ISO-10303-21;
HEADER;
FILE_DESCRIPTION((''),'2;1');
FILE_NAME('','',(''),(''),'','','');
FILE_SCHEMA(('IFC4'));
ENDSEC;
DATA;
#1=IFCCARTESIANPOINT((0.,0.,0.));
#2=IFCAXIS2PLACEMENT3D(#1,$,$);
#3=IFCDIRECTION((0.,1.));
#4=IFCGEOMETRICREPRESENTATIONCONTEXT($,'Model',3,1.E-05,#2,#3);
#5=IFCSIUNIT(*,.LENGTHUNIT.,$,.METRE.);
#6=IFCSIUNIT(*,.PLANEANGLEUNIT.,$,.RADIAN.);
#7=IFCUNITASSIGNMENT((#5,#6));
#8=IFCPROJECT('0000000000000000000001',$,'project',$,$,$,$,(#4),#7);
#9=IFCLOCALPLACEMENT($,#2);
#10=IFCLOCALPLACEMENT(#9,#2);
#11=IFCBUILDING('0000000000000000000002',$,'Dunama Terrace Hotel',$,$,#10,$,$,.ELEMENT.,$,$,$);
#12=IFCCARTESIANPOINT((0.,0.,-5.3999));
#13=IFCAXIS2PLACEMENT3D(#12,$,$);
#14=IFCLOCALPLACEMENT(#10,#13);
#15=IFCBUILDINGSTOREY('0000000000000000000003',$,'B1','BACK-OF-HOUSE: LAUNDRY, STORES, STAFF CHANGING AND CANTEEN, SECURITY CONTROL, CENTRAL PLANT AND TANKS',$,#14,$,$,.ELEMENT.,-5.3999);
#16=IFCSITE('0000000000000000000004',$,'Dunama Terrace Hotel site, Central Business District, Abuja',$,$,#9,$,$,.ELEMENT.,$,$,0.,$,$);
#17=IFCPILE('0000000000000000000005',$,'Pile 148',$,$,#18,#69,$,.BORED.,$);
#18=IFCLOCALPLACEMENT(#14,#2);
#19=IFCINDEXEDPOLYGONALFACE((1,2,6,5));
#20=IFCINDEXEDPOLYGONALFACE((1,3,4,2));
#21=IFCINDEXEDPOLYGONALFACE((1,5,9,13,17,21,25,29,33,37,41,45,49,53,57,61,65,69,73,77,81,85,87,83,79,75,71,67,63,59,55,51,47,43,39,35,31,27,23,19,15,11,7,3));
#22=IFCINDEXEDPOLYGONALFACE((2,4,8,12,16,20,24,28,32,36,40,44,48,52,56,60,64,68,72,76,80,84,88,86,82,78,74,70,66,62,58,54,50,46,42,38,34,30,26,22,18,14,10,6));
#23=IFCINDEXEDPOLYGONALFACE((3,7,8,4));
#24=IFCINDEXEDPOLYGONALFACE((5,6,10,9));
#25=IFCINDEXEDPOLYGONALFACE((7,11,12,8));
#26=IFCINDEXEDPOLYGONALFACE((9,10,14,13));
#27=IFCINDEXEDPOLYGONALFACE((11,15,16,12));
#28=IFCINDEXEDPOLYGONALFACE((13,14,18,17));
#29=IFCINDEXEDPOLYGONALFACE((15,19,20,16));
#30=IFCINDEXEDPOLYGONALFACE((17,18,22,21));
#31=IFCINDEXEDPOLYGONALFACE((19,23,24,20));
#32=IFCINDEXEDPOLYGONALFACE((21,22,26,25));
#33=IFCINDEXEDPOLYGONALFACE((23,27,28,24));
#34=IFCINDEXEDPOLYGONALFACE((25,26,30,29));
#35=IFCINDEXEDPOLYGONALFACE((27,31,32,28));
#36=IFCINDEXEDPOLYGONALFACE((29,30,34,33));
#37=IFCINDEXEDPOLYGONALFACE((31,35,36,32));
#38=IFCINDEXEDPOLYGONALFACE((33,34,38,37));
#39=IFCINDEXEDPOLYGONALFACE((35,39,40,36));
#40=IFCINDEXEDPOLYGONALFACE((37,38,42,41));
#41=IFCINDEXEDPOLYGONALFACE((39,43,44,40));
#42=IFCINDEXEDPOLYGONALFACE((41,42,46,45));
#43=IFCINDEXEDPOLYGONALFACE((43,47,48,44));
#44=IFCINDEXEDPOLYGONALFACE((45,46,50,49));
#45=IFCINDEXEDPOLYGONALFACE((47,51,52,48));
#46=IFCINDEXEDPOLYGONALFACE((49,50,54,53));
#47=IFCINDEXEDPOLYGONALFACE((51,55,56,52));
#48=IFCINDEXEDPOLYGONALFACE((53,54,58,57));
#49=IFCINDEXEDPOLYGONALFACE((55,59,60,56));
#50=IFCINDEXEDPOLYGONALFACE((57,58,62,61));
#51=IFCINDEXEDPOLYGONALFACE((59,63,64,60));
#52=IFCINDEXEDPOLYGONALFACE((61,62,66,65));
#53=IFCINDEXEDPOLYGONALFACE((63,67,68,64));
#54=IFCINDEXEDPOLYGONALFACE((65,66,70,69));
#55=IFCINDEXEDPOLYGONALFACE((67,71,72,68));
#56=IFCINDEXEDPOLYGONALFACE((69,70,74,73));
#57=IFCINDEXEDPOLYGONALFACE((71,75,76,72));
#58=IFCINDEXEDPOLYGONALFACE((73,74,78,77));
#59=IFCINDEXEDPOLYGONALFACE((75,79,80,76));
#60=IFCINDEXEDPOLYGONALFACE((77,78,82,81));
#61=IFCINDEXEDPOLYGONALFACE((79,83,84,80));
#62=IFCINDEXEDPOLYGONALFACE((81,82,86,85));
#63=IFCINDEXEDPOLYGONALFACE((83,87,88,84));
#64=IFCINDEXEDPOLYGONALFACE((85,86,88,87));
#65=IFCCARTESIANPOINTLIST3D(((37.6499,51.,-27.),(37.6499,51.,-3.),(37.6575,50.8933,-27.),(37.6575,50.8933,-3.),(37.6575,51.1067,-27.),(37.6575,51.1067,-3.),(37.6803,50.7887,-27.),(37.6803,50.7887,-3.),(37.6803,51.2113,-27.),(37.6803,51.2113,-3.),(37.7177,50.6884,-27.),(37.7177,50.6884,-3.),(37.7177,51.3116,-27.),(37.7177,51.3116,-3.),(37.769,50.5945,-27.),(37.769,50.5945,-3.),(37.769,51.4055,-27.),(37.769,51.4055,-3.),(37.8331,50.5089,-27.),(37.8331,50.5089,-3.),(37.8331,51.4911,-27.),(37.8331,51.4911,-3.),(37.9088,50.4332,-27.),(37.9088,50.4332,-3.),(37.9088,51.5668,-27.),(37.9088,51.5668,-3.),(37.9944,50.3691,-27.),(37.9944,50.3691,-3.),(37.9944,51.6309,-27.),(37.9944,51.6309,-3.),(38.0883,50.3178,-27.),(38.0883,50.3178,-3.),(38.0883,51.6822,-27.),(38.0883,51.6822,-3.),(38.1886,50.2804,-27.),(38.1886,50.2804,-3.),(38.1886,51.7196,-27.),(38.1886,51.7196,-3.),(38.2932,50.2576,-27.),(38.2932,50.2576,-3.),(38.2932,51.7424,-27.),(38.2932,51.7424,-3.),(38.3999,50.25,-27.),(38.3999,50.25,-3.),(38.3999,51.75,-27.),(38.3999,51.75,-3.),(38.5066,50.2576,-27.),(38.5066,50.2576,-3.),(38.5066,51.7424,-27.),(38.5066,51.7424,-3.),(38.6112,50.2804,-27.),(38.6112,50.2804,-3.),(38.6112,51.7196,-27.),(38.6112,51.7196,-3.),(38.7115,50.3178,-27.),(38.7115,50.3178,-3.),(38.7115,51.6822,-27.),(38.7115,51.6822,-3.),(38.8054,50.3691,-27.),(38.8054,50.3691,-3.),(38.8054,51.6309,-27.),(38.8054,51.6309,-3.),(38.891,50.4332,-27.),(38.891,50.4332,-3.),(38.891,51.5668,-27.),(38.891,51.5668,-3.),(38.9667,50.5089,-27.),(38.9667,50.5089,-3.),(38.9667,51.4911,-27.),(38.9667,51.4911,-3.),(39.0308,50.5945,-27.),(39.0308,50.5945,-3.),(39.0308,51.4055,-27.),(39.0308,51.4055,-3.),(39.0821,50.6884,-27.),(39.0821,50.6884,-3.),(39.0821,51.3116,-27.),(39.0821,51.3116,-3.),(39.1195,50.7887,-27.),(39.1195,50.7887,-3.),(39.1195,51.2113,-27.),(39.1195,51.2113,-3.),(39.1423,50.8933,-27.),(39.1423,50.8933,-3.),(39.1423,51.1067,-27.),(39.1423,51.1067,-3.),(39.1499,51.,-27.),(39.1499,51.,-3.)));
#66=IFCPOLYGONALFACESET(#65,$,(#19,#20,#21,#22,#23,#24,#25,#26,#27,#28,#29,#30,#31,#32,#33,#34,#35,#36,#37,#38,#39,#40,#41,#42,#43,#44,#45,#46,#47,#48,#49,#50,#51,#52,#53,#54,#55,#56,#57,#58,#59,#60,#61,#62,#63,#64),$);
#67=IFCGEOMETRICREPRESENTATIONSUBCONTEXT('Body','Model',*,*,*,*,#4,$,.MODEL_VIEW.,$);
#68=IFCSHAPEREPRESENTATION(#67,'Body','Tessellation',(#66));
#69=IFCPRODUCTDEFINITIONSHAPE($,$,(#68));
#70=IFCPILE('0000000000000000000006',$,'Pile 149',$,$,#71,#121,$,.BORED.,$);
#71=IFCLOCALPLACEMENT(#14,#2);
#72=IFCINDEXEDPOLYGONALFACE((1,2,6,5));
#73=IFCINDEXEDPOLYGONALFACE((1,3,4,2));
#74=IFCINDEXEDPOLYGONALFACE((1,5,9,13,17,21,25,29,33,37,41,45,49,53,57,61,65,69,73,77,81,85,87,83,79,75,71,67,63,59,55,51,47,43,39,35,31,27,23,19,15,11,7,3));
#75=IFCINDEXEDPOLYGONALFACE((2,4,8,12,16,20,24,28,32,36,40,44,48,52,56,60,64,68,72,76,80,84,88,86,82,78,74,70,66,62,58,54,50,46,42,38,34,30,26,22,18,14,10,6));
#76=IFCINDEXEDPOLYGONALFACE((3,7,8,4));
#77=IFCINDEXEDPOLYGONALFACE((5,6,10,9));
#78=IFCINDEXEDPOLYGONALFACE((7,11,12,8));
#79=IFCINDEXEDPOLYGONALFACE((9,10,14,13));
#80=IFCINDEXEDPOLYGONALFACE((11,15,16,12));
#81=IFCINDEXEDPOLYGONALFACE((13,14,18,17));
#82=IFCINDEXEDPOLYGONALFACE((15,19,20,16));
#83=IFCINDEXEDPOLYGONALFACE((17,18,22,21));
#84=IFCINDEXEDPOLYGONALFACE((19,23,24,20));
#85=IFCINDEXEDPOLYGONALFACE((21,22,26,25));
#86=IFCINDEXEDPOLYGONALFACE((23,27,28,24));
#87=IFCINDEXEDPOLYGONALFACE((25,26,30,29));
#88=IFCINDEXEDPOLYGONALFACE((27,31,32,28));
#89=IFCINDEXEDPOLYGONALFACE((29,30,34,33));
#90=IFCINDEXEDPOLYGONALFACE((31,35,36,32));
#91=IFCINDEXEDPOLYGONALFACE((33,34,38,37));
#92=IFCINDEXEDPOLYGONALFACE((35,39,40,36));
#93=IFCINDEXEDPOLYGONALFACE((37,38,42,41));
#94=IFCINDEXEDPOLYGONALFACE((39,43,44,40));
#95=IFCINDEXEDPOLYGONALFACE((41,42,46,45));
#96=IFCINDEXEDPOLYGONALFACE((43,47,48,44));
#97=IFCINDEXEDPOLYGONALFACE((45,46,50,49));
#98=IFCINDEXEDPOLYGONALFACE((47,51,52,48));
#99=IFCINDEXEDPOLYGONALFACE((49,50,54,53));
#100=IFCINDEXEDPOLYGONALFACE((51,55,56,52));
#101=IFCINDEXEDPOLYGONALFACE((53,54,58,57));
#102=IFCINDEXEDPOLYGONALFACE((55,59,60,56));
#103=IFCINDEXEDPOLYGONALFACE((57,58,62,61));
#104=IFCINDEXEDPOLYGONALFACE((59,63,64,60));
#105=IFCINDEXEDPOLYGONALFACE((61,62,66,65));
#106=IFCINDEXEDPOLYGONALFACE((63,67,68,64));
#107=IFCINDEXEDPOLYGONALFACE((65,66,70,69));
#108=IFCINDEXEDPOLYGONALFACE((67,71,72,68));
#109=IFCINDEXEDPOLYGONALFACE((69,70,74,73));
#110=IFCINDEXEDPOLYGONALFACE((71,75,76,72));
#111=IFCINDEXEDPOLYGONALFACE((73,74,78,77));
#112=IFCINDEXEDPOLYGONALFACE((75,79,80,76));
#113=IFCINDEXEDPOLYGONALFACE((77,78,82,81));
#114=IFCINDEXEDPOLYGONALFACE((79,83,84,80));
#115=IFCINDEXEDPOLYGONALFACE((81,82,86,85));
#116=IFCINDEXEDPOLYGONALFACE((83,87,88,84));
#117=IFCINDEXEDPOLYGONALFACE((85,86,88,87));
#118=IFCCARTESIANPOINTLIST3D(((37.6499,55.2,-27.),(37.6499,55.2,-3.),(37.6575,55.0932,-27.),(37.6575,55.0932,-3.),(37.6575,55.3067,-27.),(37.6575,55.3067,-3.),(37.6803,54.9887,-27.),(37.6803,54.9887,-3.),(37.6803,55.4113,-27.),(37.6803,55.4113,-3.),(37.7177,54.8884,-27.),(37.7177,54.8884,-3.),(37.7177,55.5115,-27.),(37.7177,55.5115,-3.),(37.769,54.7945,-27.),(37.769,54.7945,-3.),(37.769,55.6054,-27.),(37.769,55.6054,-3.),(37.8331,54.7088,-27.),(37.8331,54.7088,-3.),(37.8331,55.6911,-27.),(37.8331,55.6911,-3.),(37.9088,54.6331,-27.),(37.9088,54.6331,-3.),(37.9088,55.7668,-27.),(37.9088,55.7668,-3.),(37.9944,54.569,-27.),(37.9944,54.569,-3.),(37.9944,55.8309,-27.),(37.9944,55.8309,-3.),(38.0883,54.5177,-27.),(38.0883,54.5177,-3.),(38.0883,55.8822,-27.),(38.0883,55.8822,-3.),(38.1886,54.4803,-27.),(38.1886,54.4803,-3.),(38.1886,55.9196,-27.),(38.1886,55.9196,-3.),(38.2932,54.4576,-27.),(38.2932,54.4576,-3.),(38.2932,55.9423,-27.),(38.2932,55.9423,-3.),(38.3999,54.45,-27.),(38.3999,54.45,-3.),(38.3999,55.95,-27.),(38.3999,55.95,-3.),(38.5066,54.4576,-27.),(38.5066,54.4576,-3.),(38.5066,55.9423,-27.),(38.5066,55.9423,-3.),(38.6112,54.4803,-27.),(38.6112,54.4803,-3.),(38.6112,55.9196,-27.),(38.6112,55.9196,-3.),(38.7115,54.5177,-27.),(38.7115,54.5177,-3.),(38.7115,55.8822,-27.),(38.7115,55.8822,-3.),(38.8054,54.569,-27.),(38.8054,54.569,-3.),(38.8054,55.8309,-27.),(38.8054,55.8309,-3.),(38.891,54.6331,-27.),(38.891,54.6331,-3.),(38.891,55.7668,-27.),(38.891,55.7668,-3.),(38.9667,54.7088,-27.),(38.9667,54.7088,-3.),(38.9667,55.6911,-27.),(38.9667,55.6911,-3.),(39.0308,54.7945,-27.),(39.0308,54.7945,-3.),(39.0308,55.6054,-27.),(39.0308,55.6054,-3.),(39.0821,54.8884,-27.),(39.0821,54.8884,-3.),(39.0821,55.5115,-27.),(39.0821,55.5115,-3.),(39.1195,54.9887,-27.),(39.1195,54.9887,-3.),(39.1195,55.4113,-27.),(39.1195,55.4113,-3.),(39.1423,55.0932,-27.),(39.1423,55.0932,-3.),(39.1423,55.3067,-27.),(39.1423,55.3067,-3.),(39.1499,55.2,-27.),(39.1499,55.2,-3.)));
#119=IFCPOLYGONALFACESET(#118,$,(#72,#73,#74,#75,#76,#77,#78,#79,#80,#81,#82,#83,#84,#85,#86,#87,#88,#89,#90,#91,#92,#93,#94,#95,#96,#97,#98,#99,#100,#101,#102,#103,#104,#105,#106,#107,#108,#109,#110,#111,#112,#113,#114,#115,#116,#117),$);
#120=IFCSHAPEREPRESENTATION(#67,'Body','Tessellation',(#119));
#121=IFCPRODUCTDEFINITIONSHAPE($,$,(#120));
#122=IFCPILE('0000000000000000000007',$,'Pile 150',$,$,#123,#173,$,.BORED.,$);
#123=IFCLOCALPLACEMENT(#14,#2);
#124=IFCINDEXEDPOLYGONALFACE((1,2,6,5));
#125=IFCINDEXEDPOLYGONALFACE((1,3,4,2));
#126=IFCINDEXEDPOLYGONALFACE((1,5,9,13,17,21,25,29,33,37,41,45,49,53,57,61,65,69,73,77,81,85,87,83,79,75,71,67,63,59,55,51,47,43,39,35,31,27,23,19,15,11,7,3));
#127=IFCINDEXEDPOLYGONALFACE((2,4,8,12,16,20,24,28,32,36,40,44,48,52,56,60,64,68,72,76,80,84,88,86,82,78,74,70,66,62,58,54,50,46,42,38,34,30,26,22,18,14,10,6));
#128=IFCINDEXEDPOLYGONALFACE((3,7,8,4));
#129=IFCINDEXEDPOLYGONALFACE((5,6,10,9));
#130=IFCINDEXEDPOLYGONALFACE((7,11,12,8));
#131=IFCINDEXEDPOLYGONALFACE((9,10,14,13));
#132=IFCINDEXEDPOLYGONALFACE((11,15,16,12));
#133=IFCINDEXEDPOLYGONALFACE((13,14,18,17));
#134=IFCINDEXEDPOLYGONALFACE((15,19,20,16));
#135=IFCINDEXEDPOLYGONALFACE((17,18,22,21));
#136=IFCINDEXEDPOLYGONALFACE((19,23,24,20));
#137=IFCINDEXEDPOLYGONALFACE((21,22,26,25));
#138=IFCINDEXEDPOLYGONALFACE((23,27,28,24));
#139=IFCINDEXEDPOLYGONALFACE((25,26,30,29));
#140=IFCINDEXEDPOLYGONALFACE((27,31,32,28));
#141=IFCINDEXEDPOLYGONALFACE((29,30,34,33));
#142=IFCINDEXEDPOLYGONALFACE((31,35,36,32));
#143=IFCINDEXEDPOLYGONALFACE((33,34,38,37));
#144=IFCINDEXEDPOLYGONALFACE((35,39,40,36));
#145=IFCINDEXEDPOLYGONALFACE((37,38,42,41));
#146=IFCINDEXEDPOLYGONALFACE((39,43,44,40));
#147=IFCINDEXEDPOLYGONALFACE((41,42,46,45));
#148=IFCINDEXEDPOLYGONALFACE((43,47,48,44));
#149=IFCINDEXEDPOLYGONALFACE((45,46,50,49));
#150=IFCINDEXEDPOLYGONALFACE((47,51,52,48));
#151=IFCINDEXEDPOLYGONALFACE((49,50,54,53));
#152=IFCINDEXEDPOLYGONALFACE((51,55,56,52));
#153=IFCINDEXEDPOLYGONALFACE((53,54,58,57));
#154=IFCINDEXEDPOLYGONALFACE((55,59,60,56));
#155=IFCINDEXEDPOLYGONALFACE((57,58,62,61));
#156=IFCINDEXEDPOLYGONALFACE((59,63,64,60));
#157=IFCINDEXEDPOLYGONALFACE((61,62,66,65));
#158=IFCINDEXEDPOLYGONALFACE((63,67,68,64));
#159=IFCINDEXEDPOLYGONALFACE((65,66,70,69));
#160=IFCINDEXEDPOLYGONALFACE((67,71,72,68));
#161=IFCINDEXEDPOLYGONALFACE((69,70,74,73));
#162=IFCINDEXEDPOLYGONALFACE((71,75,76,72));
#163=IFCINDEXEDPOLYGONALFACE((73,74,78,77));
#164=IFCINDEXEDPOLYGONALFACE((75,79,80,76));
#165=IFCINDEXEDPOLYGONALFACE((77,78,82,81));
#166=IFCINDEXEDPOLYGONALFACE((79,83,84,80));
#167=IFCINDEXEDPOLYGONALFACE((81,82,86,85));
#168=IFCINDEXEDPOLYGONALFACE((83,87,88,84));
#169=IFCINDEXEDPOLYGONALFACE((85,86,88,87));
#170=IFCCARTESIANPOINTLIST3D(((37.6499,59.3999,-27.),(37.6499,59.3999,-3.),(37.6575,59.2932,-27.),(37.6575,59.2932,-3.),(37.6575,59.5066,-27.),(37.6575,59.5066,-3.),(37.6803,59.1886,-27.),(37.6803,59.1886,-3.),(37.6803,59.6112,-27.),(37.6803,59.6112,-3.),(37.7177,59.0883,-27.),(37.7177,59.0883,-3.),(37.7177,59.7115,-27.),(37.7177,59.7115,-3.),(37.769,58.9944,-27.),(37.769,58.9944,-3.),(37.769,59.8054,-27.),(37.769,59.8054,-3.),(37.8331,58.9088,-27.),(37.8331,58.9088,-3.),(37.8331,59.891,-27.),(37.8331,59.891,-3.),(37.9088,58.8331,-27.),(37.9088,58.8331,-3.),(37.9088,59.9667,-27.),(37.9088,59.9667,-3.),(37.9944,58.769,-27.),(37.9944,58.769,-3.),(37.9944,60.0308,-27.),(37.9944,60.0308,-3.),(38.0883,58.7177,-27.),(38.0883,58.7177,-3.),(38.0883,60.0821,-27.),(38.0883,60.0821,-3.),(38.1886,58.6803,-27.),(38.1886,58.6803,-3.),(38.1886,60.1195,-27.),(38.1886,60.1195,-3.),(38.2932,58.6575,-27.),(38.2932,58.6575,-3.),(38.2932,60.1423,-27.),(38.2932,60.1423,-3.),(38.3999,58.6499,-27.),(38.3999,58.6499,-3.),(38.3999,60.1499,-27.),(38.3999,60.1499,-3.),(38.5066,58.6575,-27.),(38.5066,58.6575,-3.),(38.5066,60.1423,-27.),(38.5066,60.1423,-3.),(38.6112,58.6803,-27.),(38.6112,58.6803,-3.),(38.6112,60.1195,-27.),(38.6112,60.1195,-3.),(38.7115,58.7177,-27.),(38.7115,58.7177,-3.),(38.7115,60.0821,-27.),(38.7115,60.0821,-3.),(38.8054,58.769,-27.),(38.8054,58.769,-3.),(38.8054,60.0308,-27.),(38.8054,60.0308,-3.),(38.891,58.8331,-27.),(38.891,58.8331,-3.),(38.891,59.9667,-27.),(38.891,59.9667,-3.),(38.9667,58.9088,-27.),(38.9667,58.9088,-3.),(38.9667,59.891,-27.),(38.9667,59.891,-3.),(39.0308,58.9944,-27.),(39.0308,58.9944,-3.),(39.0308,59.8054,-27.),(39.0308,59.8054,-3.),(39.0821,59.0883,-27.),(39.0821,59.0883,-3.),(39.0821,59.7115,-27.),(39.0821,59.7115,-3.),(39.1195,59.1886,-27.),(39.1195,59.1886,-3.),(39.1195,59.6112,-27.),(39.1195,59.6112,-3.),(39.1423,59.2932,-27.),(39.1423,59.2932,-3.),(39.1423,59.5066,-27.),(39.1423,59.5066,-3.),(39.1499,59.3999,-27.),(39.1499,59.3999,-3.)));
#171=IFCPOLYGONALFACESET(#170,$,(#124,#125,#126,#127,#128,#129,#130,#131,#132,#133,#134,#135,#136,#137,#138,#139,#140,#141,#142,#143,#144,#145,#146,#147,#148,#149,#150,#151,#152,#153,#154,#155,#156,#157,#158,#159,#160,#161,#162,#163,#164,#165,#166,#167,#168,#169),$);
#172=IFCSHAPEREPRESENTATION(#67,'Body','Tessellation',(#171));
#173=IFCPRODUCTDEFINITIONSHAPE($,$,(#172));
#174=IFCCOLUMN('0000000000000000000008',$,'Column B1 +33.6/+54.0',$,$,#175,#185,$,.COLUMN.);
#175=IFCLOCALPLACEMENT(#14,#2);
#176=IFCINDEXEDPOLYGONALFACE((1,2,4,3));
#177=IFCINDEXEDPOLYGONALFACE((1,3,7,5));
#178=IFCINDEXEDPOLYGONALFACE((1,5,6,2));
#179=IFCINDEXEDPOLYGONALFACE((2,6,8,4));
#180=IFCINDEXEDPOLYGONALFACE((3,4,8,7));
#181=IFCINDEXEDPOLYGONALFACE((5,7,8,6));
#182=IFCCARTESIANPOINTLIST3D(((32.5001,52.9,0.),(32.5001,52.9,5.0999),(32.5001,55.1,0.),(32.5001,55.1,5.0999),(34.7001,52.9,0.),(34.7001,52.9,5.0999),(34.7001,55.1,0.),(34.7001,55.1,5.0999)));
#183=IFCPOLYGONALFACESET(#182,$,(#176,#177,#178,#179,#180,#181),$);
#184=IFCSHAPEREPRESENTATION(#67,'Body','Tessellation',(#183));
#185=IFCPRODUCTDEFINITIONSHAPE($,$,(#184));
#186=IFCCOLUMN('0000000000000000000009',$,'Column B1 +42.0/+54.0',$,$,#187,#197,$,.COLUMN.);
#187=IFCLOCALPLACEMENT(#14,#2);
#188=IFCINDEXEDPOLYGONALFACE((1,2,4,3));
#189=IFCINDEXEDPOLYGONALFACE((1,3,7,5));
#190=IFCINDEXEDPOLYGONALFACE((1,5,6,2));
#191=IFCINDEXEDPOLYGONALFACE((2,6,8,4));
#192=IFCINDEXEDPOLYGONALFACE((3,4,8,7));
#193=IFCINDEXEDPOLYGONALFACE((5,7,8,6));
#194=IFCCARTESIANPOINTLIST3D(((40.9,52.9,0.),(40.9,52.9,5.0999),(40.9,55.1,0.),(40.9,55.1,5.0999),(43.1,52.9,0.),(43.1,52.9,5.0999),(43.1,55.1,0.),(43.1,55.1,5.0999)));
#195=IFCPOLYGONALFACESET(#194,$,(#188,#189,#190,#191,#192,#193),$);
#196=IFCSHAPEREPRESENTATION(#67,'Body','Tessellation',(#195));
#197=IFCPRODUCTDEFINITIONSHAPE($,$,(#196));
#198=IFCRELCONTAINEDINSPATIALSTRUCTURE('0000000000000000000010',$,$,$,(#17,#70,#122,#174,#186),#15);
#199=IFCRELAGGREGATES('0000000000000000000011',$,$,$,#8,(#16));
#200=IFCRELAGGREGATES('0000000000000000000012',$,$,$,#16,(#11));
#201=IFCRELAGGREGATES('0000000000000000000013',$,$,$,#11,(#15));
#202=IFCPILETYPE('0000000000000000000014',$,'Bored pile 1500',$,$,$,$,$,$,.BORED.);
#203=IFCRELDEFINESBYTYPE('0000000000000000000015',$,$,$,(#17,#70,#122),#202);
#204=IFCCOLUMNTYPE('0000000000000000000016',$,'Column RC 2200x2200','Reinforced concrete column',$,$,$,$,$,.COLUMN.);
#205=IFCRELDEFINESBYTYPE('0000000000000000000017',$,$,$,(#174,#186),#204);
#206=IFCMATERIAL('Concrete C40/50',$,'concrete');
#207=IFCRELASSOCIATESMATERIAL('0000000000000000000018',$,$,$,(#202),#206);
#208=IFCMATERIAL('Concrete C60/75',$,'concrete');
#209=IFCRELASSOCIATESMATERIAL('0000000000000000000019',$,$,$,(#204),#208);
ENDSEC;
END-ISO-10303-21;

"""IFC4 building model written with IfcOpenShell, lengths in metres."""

from ifc_helpers import new_model, si_unit, direction, frame, origin, origin_2d, place, context, subcontext, project, spatial, rectangle, circle, extrude, material, material_profile, profile_set, type_object, element, save


model = new_model("IFC4")

# Units and contexts
model_context = context("Model", 3, precision=1e-05, world=origin(), true_north=direction((0.0, 1.0)))
body_context = subcontext(model_context, "Body", "Model", "MODEL_VIEW")
ifc_project = project(units=[si_unit("LENGTHUNIT", "METRE"), si_unit("PLANEANGLEUNIT", "RADIAN")], contexts=[model_context])

# Site, building, storey
site_placement = place(None, origin())
site = spatial("IfcSite", under=ifc_project, at=site_placement, Name="Dunama Terrace Hotel site, Central Business District, Abuja", CompositionType="ELEMENT", RefElevation=0.0)
building_placement = place(site_placement, origin())
building = spatial("IfcBuilding", under=site, at=building_placement, Name="Dunama Terrace Hotel", CompositionType="ELEMENT")
storey_placement = place(building_placement, frame((0.0, 0.0, -5.3999)))
storey = spatial("IfcBuildingStorey", under=building, at=storey_placement, Name="B1", Description="BACK-OF-HOUSE: LAUNDRY, STORES, STAFF CHANGING AND CANTEEN, SECURITY CONTROL, CENTRAL PLANT AND TANKS", CompositionType="ELEMENT", Elevation=-5.3999)

# Piles
ifc_material_1 = material(Name="Concrete C40/50", Category="concrete")
ifc_material_profile_1 = material_profile(ifc_material_1, circle(Radius=0.75, at=origin_2d()), Name="PILE D1500")
ifc_profile_set_1 = profile_set([ifc_material_profile_1], Name="Concrete C40/50")
pile_type = type_object("IfcPileType", Name="Bored pile 1500", PredefinedType="BORED", material=ifc_profile_set_1)
for number, where, z_axis, x_axis, name in (
    (1, (38.3999, 51.0, -3.0), (0.0, 0.0, -1.0), (1.0, 0.0, 0.0), "Pile 148"),
    (2, (38.3999, 55.2, -3.0), (0.0, 0.0, -1.0), (1.0, 0.0, 0.0), "Pile 149"),
    (3, (38.3999, 59.3999, -3.0), (0.0, 0.0, -1.0), (1.0, 0.0, 0.0), "Pile 150"),
):
    element("IfcPile", number, at=place(storey_placement, frame(where, z_axis=z_axis, x_axis=x_axis)), inside=storey, type_object=pile_type, Name=name, PredefinedType="BORED", context=body_context, shape_type="SweptSolid", body=[
        extrude(circle(Radius=0.75, at=origin_2d()), origin(), (0.0, 0.0, 1.0), 24.0),
    ])

# Columns
ifc_material_2 = material(Name="Concrete C60/75", Category="concrete")
ifc_material_profile_2 = material_profile(ifc_material_2, rectangle(XDim=2.2, YDim=2.2, at=origin_2d()), Name="RC 2200x2200")
ifc_profile_set_2 = profile_set([ifc_material_profile_2], Name="Concrete C60/75")
column_type_1 = type_object("IfcColumnType", Name="Column RC 2200x2200", Description="Reinforced concrete column", PredefinedType="COLUMN", material=ifc_profile_set_2)
for number, where, z_axis, x_axis, name in (
    (4, (33.6001, 54.0, 0.0), (0.0, 0.0, 1.0), (1.0, 0.0, 0.0), "Column B1 +33.6/+54.0"),
    (5, (42.0, 54.0, 0.0), (0.0, 0.0, 1.0), (1.0, 0.0, 0.0), "Column B1 +42.0/+54.0"),
):
    element("IfcColumn", number, at=place(storey_placement, frame(where, z_axis=z_axis, x_axis=x_axis)), inside=storey, type_object=column_type_1, Name=name, PredefinedType="COLUMN", context=body_context, shape_type="SweptSolid", body=[
        extrude(rectangle(XDim=2.2, YDim=2.2, at=origin_2d()), origin(), (0.0, 0.0, 1.0), 5.0999),
    ])

save(model, "model.ifc")
